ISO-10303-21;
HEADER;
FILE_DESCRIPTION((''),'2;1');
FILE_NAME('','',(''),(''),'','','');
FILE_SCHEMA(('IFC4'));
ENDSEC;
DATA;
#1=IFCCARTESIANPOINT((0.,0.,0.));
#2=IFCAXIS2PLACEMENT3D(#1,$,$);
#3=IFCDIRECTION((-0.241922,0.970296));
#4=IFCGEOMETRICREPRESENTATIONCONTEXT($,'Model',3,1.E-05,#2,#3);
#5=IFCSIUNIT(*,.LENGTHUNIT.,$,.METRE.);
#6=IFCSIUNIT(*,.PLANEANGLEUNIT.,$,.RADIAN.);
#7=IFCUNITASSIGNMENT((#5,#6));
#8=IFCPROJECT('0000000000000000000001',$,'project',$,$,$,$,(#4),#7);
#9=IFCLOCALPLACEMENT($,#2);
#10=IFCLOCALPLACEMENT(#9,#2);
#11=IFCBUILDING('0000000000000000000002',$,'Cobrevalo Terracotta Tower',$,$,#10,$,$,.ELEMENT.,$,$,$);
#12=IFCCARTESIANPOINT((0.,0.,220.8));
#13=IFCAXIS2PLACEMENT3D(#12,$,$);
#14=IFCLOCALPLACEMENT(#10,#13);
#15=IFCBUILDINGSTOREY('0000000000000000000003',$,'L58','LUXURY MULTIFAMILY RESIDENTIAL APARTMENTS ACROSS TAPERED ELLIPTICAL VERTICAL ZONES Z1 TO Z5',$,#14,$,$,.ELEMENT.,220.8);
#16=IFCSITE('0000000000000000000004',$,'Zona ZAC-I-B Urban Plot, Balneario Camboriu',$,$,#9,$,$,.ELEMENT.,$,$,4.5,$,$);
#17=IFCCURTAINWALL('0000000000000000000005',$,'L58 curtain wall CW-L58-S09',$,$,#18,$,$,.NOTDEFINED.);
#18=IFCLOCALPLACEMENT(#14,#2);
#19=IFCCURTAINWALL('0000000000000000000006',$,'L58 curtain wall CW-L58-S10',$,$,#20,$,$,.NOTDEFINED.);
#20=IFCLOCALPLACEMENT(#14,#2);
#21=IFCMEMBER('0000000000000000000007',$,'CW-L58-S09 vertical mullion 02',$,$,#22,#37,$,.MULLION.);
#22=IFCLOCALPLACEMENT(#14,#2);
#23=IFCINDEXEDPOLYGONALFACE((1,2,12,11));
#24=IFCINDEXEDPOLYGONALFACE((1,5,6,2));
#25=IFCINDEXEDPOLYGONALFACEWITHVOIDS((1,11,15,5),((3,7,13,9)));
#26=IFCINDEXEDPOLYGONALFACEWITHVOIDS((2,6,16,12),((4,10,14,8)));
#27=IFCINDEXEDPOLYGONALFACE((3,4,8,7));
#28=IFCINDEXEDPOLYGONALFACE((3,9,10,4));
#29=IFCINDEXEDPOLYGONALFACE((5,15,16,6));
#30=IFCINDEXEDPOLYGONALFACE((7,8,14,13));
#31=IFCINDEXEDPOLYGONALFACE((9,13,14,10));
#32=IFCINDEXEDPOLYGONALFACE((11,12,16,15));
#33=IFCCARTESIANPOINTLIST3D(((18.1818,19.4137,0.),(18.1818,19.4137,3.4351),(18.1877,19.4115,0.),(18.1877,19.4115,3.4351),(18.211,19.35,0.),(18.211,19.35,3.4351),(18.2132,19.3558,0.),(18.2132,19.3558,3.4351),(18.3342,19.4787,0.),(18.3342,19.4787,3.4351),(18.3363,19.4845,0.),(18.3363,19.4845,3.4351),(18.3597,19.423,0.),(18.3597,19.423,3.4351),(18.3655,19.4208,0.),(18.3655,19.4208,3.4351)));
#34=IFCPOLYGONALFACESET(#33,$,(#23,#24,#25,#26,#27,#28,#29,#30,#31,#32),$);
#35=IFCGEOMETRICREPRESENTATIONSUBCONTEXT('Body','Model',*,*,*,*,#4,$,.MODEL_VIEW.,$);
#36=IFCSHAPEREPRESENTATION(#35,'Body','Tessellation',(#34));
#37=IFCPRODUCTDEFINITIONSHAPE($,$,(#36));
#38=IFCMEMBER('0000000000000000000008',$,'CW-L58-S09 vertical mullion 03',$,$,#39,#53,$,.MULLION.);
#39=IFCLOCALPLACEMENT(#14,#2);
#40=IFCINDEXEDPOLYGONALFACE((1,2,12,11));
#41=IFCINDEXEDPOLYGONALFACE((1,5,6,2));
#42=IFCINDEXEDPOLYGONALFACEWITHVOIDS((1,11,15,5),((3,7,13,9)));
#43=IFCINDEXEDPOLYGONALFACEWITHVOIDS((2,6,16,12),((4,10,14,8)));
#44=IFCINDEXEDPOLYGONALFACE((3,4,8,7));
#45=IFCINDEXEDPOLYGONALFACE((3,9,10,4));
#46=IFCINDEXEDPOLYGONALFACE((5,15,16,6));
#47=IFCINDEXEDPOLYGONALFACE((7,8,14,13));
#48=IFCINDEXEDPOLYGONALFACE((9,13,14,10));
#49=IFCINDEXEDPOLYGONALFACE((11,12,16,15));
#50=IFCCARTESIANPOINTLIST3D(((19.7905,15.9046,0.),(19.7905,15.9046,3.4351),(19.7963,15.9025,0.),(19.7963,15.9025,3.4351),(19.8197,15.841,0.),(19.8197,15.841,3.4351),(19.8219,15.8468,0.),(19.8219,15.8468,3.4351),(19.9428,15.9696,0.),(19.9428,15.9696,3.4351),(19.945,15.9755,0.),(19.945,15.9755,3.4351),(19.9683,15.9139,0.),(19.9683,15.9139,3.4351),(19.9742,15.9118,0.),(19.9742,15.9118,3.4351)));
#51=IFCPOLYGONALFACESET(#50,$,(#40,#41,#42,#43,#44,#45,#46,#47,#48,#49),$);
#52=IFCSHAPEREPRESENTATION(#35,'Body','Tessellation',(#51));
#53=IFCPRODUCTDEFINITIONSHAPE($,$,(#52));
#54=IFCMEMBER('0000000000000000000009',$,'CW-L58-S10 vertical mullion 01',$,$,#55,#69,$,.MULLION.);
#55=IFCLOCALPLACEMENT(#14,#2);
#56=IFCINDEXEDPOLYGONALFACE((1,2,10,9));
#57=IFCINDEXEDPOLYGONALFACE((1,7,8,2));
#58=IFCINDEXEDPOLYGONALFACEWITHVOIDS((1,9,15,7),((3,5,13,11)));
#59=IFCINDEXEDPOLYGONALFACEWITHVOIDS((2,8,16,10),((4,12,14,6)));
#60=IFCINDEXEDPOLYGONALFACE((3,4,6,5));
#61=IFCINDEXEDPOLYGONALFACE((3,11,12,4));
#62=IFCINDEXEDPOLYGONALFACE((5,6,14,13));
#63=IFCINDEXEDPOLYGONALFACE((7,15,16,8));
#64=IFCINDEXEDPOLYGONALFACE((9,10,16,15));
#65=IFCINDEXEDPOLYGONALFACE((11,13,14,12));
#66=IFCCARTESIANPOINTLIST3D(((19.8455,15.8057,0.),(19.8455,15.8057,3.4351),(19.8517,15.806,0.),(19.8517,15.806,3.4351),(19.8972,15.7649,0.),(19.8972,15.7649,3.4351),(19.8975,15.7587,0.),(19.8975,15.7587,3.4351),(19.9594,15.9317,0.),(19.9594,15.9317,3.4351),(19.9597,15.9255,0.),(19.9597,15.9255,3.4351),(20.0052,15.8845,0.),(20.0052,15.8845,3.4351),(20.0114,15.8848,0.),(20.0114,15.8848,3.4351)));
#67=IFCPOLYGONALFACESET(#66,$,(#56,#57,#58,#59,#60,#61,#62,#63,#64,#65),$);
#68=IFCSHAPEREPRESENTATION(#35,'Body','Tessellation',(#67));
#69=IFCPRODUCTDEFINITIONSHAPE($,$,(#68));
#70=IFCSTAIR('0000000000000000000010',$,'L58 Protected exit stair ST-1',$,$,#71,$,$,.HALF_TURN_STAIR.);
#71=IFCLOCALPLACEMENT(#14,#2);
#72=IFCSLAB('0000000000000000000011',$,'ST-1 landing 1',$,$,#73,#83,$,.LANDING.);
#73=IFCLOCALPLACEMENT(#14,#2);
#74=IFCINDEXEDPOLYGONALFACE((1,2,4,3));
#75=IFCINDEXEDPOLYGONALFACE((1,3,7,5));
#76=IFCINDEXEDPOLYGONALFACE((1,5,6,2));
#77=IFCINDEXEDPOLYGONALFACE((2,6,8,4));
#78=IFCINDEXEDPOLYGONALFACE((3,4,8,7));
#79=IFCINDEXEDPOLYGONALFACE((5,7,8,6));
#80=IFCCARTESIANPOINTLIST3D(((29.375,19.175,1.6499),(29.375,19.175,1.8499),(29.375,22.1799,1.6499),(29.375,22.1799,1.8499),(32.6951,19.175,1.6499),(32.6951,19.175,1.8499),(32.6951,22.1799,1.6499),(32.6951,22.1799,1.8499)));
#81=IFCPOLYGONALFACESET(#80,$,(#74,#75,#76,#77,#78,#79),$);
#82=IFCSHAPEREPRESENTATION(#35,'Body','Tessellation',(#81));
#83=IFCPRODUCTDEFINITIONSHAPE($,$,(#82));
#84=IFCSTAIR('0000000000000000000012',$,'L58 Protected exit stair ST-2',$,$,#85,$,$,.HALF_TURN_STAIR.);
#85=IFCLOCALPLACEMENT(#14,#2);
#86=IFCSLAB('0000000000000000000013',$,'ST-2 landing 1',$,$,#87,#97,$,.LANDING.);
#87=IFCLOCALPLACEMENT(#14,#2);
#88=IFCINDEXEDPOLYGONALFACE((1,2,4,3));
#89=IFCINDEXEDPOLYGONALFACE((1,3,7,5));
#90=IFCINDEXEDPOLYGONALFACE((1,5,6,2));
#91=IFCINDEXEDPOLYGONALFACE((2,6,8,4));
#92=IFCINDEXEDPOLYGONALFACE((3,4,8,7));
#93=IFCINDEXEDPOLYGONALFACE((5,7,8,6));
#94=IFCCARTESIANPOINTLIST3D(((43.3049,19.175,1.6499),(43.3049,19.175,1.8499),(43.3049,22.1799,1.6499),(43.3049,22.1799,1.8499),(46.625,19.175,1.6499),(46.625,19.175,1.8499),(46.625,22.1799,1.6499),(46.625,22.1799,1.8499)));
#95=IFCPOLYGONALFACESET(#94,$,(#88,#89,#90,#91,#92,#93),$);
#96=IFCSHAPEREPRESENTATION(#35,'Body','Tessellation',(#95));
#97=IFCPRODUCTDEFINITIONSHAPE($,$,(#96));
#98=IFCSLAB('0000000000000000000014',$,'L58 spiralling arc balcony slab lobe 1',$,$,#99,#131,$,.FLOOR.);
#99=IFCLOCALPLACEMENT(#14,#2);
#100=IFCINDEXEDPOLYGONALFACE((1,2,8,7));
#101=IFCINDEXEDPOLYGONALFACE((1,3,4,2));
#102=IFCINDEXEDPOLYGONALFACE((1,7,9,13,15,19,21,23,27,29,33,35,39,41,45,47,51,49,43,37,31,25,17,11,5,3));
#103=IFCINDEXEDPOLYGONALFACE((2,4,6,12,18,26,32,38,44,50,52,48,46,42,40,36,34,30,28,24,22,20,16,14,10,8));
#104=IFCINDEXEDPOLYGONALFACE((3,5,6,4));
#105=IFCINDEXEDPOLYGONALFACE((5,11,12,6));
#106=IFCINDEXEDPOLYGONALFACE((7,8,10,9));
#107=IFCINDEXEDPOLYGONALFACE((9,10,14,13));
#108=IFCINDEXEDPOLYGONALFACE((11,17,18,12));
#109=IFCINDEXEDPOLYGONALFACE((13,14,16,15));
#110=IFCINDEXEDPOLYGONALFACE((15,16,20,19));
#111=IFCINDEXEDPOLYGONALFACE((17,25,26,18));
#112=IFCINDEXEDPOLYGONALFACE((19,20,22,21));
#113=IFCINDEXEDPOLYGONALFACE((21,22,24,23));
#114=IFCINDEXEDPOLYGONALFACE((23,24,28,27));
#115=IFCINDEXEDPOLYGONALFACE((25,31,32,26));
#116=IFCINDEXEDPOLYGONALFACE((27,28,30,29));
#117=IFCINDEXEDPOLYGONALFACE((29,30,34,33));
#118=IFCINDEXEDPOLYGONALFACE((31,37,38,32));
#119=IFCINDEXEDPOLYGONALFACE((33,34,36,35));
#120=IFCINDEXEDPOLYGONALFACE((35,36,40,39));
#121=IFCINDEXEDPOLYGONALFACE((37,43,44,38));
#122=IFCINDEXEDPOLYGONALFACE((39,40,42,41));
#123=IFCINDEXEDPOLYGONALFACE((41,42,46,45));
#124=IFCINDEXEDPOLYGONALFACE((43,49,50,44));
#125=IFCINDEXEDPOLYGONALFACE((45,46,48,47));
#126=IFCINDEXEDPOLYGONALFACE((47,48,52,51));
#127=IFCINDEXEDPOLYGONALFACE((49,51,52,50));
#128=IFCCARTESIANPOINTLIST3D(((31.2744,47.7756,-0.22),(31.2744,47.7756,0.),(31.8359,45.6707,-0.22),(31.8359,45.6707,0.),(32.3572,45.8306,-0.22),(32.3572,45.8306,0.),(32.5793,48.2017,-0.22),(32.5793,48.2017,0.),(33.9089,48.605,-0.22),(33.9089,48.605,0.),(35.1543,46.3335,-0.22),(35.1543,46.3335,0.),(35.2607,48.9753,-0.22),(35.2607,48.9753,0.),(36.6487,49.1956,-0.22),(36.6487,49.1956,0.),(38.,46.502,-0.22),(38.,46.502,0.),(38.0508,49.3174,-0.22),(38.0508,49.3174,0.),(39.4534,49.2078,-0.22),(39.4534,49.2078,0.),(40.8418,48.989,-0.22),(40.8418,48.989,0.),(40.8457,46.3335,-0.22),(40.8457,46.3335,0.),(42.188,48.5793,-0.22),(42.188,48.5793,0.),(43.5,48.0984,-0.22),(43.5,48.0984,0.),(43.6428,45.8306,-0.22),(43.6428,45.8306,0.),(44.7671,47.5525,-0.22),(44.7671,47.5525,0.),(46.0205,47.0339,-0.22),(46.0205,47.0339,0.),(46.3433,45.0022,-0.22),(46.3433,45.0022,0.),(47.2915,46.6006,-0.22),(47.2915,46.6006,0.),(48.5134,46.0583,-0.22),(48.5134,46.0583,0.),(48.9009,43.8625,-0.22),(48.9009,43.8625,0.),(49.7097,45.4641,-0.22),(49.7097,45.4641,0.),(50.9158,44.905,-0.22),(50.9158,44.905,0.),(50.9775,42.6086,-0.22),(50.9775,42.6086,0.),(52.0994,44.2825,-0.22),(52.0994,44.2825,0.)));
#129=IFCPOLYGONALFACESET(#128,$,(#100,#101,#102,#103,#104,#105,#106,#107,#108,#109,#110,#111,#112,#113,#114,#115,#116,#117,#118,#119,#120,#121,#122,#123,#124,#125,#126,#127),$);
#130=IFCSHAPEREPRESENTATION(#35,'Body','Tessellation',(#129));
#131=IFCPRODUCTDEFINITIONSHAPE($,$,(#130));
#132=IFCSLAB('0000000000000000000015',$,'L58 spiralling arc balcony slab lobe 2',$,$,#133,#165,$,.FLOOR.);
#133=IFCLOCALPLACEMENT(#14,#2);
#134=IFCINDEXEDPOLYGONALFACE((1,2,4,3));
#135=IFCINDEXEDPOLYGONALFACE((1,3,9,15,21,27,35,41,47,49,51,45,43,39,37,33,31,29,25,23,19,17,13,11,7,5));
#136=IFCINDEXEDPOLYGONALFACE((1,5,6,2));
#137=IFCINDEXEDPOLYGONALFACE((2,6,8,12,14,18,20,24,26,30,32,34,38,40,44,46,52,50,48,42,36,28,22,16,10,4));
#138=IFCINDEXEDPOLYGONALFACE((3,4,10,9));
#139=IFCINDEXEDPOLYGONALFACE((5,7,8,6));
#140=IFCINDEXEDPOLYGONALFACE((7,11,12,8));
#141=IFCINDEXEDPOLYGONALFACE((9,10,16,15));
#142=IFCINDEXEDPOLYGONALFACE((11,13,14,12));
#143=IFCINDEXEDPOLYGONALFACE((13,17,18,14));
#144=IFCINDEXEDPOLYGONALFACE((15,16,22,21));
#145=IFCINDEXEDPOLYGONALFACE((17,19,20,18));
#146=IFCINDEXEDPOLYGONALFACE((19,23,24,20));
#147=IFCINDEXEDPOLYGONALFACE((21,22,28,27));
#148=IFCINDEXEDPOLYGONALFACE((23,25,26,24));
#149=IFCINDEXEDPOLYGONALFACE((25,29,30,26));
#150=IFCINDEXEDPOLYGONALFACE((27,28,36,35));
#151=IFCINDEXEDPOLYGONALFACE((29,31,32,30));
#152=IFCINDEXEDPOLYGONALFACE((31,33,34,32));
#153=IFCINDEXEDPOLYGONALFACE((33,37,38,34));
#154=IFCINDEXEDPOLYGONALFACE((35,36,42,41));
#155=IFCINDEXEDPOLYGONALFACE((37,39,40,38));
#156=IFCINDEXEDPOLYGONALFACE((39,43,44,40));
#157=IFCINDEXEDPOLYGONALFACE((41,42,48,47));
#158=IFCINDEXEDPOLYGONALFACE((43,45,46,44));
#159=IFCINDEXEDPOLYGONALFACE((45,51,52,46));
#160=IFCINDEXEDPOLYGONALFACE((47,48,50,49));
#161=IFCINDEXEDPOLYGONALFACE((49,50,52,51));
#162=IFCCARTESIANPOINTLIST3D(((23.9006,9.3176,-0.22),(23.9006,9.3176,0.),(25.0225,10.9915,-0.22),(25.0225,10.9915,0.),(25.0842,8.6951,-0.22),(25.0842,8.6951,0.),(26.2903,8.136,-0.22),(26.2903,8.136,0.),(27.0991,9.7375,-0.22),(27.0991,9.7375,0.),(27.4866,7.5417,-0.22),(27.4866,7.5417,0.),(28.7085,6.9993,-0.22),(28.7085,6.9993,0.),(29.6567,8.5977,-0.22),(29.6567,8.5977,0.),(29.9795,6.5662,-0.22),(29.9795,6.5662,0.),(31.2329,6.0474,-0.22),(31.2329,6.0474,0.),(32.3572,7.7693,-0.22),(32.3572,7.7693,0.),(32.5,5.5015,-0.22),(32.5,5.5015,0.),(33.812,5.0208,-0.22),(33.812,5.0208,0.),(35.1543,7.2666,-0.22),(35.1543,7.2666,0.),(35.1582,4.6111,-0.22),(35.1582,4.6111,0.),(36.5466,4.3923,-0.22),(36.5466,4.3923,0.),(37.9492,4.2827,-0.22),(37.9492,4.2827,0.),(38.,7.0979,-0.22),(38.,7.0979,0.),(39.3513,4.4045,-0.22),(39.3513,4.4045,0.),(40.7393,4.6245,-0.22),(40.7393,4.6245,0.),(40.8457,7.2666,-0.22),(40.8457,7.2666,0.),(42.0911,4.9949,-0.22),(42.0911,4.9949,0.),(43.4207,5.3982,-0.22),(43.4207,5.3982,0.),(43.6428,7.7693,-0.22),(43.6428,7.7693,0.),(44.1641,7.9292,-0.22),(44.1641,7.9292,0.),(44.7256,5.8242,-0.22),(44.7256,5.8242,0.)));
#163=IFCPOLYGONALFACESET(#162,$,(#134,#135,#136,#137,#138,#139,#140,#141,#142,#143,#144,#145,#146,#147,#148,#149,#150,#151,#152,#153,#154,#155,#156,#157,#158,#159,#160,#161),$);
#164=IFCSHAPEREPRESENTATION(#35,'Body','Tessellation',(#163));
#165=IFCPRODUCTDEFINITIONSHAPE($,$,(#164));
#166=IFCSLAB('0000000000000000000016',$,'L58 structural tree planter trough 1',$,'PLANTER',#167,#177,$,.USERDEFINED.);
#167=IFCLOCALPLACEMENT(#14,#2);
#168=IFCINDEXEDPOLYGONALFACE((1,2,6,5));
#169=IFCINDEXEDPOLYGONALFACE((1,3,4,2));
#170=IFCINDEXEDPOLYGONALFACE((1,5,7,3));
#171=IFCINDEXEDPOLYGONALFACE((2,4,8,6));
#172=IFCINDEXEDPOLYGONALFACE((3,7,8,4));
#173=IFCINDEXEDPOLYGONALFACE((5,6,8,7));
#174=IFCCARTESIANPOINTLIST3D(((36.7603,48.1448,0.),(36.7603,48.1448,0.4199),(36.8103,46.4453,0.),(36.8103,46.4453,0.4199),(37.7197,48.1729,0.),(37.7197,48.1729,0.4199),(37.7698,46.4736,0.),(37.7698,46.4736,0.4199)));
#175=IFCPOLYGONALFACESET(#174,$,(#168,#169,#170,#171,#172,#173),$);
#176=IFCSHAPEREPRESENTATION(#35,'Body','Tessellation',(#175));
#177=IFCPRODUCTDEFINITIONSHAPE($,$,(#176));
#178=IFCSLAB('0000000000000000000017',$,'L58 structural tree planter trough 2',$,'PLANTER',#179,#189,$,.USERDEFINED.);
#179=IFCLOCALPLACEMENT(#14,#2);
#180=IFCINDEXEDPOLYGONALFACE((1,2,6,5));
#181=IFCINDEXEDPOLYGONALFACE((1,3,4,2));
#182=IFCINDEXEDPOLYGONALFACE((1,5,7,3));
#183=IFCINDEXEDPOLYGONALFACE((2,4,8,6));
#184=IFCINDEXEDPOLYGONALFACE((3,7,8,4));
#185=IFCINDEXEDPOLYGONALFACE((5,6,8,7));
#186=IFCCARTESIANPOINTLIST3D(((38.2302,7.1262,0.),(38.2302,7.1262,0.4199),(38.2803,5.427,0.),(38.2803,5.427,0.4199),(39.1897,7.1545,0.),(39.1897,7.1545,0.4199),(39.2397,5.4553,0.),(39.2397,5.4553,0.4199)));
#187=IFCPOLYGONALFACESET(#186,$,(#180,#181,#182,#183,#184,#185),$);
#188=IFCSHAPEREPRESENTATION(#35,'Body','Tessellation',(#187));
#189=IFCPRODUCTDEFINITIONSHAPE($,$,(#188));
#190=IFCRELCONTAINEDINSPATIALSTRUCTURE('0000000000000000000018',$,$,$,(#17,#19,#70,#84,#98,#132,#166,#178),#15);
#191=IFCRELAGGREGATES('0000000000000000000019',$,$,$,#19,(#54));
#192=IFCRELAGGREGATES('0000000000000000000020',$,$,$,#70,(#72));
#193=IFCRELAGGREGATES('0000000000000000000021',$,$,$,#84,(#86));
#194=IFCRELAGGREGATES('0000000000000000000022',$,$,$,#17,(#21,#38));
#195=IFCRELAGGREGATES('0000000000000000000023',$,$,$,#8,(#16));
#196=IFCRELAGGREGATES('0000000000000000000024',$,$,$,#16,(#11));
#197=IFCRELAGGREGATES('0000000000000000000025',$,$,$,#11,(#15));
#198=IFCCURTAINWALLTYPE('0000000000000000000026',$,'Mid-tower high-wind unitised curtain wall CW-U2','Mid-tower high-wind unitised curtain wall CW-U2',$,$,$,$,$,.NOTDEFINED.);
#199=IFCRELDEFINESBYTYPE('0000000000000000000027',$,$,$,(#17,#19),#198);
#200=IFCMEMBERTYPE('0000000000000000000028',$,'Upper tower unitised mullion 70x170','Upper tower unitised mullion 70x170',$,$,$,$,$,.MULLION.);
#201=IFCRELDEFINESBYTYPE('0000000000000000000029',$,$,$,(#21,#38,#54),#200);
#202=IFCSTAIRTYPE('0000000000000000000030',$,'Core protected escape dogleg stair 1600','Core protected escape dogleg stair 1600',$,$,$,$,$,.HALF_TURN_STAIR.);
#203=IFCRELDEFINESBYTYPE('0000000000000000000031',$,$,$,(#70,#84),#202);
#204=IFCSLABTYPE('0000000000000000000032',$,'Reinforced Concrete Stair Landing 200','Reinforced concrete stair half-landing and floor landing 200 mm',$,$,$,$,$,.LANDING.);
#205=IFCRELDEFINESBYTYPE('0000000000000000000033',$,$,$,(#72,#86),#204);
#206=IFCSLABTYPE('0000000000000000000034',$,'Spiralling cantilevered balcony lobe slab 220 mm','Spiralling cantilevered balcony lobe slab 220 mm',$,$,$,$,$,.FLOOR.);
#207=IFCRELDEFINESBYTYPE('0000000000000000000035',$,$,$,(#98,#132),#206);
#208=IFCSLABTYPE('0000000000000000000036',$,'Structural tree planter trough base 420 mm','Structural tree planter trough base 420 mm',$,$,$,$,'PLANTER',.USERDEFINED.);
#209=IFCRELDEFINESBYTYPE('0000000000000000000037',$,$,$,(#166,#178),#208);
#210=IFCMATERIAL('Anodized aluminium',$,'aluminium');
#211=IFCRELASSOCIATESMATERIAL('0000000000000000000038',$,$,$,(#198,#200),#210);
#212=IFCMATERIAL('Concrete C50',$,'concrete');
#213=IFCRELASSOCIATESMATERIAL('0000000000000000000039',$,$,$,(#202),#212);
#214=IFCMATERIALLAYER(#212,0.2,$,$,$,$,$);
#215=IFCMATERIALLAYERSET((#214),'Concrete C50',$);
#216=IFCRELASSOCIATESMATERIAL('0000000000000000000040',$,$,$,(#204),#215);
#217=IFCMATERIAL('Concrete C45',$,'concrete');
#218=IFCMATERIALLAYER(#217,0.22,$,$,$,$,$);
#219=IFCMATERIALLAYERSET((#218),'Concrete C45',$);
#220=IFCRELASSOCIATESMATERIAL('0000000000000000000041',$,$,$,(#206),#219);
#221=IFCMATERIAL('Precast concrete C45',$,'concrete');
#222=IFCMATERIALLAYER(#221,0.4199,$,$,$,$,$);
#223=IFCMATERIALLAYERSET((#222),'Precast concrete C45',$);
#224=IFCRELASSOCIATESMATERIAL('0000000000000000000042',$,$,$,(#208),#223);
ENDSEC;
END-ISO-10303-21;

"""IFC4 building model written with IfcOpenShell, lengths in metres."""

from ifc_helpers import new_model, si_unit, direction, frame, origin, origin_2d, place, context, subcontext, project, spatial, polyline, hollow_rectangle, outline, extrude, source, transform, mapped, material, layer, layer_set, material_profile, profile_set, type_object, element, aggregate, save


model = new_model("IFC4")

# Units and contexts
model_context = context("Model", 3, precision=1e-05, world=origin(), true_north=direction((-0.241922, 0.970296)))
body_context = subcontext(model_context, "Body", "Model", "MODEL_VIEW")
ifc_project = project(units=[si_unit("LENGTHUNIT", "METRE"), si_unit("PLANEANGLEUNIT", "RADIAN")], contexts=[model_context])

# Site, building, storey
site_placement = place(None, origin())
site = spatial("IfcSite", under=ifc_project, at=site_placement, Name="Zona ZAC-I-B Urban Plot, Balneario Camboriu", CompositionType="ELEMENT", RefElevation=4.5)
building_placement = place(site_placement, origin())
building = spatial("IfcBuilding", under=site, at=building_placement, Name="Cobrevalo Terracotta Tower", CompositionType="ELEMENT")
storey_placement = place(building_placement, frame((0.0, 0.0, 220.8)))
storey = spatial("IfcBuildingStorey", under=building, at=storey_placement, Name="L58", Description="LUXURY MULTIFAMILY RESIDENTIAL APARTMENTS ACROSS TAPERED ELLIPTICAL VERTICAL ZONES Z1 TO Z5", CompositionType="ELEMENT", Elevation=220.8)

# Curtain walls
ifc_material_1 = material(Name="Anodized aluminium", Category="aluminium")
curtain_wall_type = type_object("IfcCurtainWallType", Name="Mid-tower high-wind unitised curtain wall CW-U2", Description="Mid-tower high-wind unitised curtain wall CW-U2", PredefinedType="NOTDEFINED", material=ifc_material_1)
curtain_wall_1_placement = place(storey_placement, origin())
curtain_wall_1 = element("IfcCurtainWall", 1, at=curtain_wall_1_placement, inside=storey, type_object=curtain_wall_type, Name="L58 curtain wall CW-L58-S09", PredefinedType="NOTDEFINED")
curtain_wall_2_placement = place(storey_placement, origin())
curtain_wall_2 = element("IfcCurtainWall", 2, at=curtain_wall_2_placement, inside=storey, type_object=curtain_wall_type, Name="L58 curtain wall CW-L58-S10", PredefinedType="NOTDEFINED")

# Members
ifc_material_profile_1 = material_profile(ifc_material_1, hollow_rectangle(XDim=0.0701, YDim=0.1699, WallThickness=0.0044, at=origin_2d()), Name="CWM 70x170")
ifc_profile_set_1 = profile_set([ifc_material_profile_1], Name="Anodized aluminium")
member_type_1 = type_object("IfcMemberType", Name="Upper tower unitised mullion 70x170", Description="Upper tower unitised mullion 70x170", PredefinedType="MULLION", material=ifc_profile_set_1)
shared_shape_1 = source(origin(), body_context, "Body", "SweptSolid", [
    extrude(hollow_rectangle(XDim=0.0701, YDim=0.1699, WallThickness=0.0044, at=origin_2d()), origin(), (0.0, 0.0, 1.0), 3.4351),
])
member_1_placement = place(storey_placement, frame((18.2737, 19.4172, 0.0), z_axis=(0.0, 0.0, 1.0), x_axis=(0.416725, -0.909033, 0.0)))
member_1 = element("IfcMember", 3, at=member_1_placement, type_object=member_type_1, Name="CW-L58-S09 vertical mullion 02", PredefinedType="MULLION", context=body_context, shape_type="MappedRepresentation", body=[
    mapped(shared_shape_1, transform((0.0, 0.0, 0.0), scale=1.0)),
])
member_2_placement = place(storey_placement, frame((19.8823, 15.9082, 0.0), z_axis=(0.0, 0.0, 1.0), x_axis=(0.416725, -0.909033, 0.0)))
member_2 = element("IfcMember", 4, at=member_2_placement, type_object=member_type_1, Name="CW-L58-S09 vertical mullion 03", PredefinedType="MULLION", context=body_context, shape_type="MappedRepresentation", body=[
    mapped(shared_shape_1, transform((0.0, 0.0, 0.0), scale=1.0)),
])
member_3_placement = place(storey_placement, frame((19.9285, 15.8452, 0.0), z_axis=(0.0, 0.0, 1.0), x_axis=(0.741988, -0.670414, 0.0)))
member_3 = element("IfcMember", 5, at=member_3_placement, type_object=member_type_1, Name="CW-L58-S10 vertical mullion 01", PredefinedType="MULLION", context=body_context, shape_type="MappedRepresentation", body=[
    mapped(shared_shape_1, transform((0.0, 0.0, 0.0), scale=1.0)),
])
aggregate(curtain_wall_2, [member_3])

# Stairs, slabs
ifc_material_2 = material(Name="Concrete C50", Category="concrete")
stair_type = type_object("IfcStairType", Name="Core protected escape dogleg stair 1600", Description="Core protected escape dogleg stair 1600", PredefinedType="HALF_TURN_STAIR", material=ifc_material_2)
stair_1_placement = place(storey_placement, origin())
stair_1 = element("IfcStair", 6, at=stair_1_placement, inside=storey, type_object=stair_type, Name="L58 Protected exit stair ST-1", PredefinedType="HALF_TURN_STAIR")
ifc_layer_1 = layer(ifc_material_2, 0.2)
ifc_layer_set_1 = layer_set([ifc_layer_1], Name="Concrete C50")
slab_type_1 = type_object("IfcSlabType", Name="Reinforced Concrete Stair Landing 200", Description="Reinforced concrete stair half-landing and floor landing 200 mm", PredefinedType="LANDING", material=ifc_layer_set_1)
slab_1_placement = place(storey_placement, frame((0.0, 0.0, 1.6499)))
slab_1 = element("IfcSlab", 7, at=slab_1_placement, type_object=slab_type_1, Name="ST-1 landing 1", PredefinedType="LANDING", context=body_context, shape_type="SweptSolid", body=[
    extrude(outline(polyline([(29.375, 22.1799), (29.375, 19.175), (32.6951, 19.175), (32.6951, 22.1799), (29.375, 22.1799)])), origin(), (0.0, 0.0, 1.0), 0.2),
])
aggregate(stair_1, [slab_1])
stair_2_placement = place(storey_placement, origin())
stair_2 = element("IfcStair", 8, at=stair_2_placement, inside=storey, type_object=stair_type, Name="L58 Protected exit stair ST-2", PredefinedType="HALF_TURN_STAIR")
slab_2_placement = place(storey_placement, frame((0.0, 0.0, 1.6499)))
slab_2 = element("IfcSlab", 9, at=slab_2_placement, type_object=slab_type_1, Name="ST-2 landing 1", PredefinedType="LANDING", context=body_context, shape_type="SweptSolid", body=[
    extrude(outline(polyline([(43.3049, 22.1799), (43.3049, 19.175), (46.625, 19.175), (46.625, 22.1799), (43.3049, 22.1799)])), origin(), (0.0, 0.0, 1.0), 0.2),
])
aggregate(stair_2, [slab_2])

# Slabs
ifc_material_3 = material(Name="Concrete C45", Category="concrete")
ifc_layer_2 = layer(ifc_material_3, 0.22)
ifc_layer_set_2 = layer_set([ifc_layer_2], Name="Concrete C45")
slab_type_2 = type_object("IfcSlabType", Name="Spiralling cantilevered balcony lobe slab 220 mm", Description="Spiralling cantilevered balcony lobe slab 220 mm", PredefinedType="FLOOR", material=ifc_layer_set_2)
slab_3_placement = place(storey_placement, frame((0.0, 0.0, -0.22)))
element("IfcSlab", 10, at=slab_3_placement, inside=storey, type_object=slab_type_2, Name="L58 spiralling arc balcony slab lobe 1", PredefinedType="FLOOR", context=body_context, shape_type="SweptSolid", body=[
    extrude(outline(polyline([(52.0994, 44.2825), (50.9158, 44.905), (49.7097, 45.4641), (48.5134, 46.0583), (47.2915, 46.6006), (46.0205, 47.0339), (44.7671, 47.5525), (43.5, 48.0984), (42.188, 48.5793), (40.8418, 48.989), (39.4534, 49.2078), (38.0508, 49.3174), (36.6487, 49.1956), (35.2607, 48.9753), (33.9089, 48.605), (32.5793, 48.2017), (31.2744, 47.7756), (31.8359, 45.6707), (32.3572, 45.8306), (35.1543, 46.3335), (38.0, 46.502), (40.8457, 46.3335), (43.6428, 45.8306), (46.3433, 45.0022), (48.9009, 43.8625), (50.9775, 42.6086), (52.0994, 44.2825)])), origin(), (0.0, 0.0, 1.0), 0.22),
])
slab_4_placement = place(storey_placement, frame((0.0, 0.0, -0.22)))
element("IfcSlab", 11, at=slab_4_placement, inside=storey, type_object=slab_type_2, Name="L58 spiralling arc balcony slab lobe 2", PredefinedType="FLOOR", context=body_context, shape_type="SweptSolid", body=[
    extrude(outline(polyline([(23.9006, 9.3176), (25.0842, 8.6951), (26.2903, 8.136), (27.4866, 7.5417), (28.7085, 6.9993), (29.9795, 6.5662), (31.2329, 6.0474), (32.5, 5.5015), (33.812, 5.0208), (35.1582, 4.6111), (36.5466, 4.3923), (37.9492, 4.2827), (39.3513, 4.4045), (40.7393, 4.6245), (42.0911, 4.9949), (43.4207, 5.3982), (44.7256, 5.8242), (44.1641, 7.9292), (43.6428, 7.7693), (40.8457, 7.2666), (38.0, 7.0979), (35.1543, 7.2666), (32.3572, 7.7693), (29.6567, 8.5977), (27.0991, 9.7375), (25.0225, 10.9915), (23.9006, 9.3176)])), origin(), (0.0, 0.0, 1.0), 0.22),
])
ifc_material_4 = material(Name="Precast concrete C45", Category="concrete")
ifc_layer_3 = layer(ifc_material_4, 0.4199)
ifc_layer_set_3 = layer_set([ifc_layer_3], Name="Precast concrete C45")
slab_type_3 = type_object("IfcSlabType", Name="Structural tree planter trough base 420 mm", Description="Structural tree planter trough base 420 mm", ElementType="PLANTER", PredefinedType="USERDEFINED", material=ifc_layer_set_3)
slab_5_placement = place(storey_placement, origin())
element("IfcSlab", 12, at=slab_5_placement, inside=storey, type_object=slab_type_3, Name="L58 structural tree planter trough 1", ObjectType="PLANTER", PredefinedType="USERDEFINED", context=body_context, shape_type="SweptSolid", body=[
    extrude(outline(polyline([(37.7698, 46.4736), (37.7197, 48.1729), (36.7603, 48.1448), (36.8103, 46.4453), (37.7698, 46.4736)])), origin(), (0.0, 0.0, 1.0), 0.4199),
])
slab_6_placement = place(storey_placement, origin())
element("IfcSlab", 13, at=slab_6_placement, inside=storey, type_object=slab_type_3, Name="L58 structural tree planter trough 2", ObjectType="PLANTER", PredefinedType="USERDEFINED", context=body_context, shape_type="SweptSolid", body=[
    extrude(outline(polyline([(38.2302, 7.1262), (38.2803, 5.427), (39.2397, 5.4553), (39.1897, 7.1545), (38.2302, 7.1262)])), origin(), (0.0, 0.0, 1.0), 0.4199),
])

aggregate(curtain_wall_1, [member_1, member_2])

save(model, "model.ifc")
